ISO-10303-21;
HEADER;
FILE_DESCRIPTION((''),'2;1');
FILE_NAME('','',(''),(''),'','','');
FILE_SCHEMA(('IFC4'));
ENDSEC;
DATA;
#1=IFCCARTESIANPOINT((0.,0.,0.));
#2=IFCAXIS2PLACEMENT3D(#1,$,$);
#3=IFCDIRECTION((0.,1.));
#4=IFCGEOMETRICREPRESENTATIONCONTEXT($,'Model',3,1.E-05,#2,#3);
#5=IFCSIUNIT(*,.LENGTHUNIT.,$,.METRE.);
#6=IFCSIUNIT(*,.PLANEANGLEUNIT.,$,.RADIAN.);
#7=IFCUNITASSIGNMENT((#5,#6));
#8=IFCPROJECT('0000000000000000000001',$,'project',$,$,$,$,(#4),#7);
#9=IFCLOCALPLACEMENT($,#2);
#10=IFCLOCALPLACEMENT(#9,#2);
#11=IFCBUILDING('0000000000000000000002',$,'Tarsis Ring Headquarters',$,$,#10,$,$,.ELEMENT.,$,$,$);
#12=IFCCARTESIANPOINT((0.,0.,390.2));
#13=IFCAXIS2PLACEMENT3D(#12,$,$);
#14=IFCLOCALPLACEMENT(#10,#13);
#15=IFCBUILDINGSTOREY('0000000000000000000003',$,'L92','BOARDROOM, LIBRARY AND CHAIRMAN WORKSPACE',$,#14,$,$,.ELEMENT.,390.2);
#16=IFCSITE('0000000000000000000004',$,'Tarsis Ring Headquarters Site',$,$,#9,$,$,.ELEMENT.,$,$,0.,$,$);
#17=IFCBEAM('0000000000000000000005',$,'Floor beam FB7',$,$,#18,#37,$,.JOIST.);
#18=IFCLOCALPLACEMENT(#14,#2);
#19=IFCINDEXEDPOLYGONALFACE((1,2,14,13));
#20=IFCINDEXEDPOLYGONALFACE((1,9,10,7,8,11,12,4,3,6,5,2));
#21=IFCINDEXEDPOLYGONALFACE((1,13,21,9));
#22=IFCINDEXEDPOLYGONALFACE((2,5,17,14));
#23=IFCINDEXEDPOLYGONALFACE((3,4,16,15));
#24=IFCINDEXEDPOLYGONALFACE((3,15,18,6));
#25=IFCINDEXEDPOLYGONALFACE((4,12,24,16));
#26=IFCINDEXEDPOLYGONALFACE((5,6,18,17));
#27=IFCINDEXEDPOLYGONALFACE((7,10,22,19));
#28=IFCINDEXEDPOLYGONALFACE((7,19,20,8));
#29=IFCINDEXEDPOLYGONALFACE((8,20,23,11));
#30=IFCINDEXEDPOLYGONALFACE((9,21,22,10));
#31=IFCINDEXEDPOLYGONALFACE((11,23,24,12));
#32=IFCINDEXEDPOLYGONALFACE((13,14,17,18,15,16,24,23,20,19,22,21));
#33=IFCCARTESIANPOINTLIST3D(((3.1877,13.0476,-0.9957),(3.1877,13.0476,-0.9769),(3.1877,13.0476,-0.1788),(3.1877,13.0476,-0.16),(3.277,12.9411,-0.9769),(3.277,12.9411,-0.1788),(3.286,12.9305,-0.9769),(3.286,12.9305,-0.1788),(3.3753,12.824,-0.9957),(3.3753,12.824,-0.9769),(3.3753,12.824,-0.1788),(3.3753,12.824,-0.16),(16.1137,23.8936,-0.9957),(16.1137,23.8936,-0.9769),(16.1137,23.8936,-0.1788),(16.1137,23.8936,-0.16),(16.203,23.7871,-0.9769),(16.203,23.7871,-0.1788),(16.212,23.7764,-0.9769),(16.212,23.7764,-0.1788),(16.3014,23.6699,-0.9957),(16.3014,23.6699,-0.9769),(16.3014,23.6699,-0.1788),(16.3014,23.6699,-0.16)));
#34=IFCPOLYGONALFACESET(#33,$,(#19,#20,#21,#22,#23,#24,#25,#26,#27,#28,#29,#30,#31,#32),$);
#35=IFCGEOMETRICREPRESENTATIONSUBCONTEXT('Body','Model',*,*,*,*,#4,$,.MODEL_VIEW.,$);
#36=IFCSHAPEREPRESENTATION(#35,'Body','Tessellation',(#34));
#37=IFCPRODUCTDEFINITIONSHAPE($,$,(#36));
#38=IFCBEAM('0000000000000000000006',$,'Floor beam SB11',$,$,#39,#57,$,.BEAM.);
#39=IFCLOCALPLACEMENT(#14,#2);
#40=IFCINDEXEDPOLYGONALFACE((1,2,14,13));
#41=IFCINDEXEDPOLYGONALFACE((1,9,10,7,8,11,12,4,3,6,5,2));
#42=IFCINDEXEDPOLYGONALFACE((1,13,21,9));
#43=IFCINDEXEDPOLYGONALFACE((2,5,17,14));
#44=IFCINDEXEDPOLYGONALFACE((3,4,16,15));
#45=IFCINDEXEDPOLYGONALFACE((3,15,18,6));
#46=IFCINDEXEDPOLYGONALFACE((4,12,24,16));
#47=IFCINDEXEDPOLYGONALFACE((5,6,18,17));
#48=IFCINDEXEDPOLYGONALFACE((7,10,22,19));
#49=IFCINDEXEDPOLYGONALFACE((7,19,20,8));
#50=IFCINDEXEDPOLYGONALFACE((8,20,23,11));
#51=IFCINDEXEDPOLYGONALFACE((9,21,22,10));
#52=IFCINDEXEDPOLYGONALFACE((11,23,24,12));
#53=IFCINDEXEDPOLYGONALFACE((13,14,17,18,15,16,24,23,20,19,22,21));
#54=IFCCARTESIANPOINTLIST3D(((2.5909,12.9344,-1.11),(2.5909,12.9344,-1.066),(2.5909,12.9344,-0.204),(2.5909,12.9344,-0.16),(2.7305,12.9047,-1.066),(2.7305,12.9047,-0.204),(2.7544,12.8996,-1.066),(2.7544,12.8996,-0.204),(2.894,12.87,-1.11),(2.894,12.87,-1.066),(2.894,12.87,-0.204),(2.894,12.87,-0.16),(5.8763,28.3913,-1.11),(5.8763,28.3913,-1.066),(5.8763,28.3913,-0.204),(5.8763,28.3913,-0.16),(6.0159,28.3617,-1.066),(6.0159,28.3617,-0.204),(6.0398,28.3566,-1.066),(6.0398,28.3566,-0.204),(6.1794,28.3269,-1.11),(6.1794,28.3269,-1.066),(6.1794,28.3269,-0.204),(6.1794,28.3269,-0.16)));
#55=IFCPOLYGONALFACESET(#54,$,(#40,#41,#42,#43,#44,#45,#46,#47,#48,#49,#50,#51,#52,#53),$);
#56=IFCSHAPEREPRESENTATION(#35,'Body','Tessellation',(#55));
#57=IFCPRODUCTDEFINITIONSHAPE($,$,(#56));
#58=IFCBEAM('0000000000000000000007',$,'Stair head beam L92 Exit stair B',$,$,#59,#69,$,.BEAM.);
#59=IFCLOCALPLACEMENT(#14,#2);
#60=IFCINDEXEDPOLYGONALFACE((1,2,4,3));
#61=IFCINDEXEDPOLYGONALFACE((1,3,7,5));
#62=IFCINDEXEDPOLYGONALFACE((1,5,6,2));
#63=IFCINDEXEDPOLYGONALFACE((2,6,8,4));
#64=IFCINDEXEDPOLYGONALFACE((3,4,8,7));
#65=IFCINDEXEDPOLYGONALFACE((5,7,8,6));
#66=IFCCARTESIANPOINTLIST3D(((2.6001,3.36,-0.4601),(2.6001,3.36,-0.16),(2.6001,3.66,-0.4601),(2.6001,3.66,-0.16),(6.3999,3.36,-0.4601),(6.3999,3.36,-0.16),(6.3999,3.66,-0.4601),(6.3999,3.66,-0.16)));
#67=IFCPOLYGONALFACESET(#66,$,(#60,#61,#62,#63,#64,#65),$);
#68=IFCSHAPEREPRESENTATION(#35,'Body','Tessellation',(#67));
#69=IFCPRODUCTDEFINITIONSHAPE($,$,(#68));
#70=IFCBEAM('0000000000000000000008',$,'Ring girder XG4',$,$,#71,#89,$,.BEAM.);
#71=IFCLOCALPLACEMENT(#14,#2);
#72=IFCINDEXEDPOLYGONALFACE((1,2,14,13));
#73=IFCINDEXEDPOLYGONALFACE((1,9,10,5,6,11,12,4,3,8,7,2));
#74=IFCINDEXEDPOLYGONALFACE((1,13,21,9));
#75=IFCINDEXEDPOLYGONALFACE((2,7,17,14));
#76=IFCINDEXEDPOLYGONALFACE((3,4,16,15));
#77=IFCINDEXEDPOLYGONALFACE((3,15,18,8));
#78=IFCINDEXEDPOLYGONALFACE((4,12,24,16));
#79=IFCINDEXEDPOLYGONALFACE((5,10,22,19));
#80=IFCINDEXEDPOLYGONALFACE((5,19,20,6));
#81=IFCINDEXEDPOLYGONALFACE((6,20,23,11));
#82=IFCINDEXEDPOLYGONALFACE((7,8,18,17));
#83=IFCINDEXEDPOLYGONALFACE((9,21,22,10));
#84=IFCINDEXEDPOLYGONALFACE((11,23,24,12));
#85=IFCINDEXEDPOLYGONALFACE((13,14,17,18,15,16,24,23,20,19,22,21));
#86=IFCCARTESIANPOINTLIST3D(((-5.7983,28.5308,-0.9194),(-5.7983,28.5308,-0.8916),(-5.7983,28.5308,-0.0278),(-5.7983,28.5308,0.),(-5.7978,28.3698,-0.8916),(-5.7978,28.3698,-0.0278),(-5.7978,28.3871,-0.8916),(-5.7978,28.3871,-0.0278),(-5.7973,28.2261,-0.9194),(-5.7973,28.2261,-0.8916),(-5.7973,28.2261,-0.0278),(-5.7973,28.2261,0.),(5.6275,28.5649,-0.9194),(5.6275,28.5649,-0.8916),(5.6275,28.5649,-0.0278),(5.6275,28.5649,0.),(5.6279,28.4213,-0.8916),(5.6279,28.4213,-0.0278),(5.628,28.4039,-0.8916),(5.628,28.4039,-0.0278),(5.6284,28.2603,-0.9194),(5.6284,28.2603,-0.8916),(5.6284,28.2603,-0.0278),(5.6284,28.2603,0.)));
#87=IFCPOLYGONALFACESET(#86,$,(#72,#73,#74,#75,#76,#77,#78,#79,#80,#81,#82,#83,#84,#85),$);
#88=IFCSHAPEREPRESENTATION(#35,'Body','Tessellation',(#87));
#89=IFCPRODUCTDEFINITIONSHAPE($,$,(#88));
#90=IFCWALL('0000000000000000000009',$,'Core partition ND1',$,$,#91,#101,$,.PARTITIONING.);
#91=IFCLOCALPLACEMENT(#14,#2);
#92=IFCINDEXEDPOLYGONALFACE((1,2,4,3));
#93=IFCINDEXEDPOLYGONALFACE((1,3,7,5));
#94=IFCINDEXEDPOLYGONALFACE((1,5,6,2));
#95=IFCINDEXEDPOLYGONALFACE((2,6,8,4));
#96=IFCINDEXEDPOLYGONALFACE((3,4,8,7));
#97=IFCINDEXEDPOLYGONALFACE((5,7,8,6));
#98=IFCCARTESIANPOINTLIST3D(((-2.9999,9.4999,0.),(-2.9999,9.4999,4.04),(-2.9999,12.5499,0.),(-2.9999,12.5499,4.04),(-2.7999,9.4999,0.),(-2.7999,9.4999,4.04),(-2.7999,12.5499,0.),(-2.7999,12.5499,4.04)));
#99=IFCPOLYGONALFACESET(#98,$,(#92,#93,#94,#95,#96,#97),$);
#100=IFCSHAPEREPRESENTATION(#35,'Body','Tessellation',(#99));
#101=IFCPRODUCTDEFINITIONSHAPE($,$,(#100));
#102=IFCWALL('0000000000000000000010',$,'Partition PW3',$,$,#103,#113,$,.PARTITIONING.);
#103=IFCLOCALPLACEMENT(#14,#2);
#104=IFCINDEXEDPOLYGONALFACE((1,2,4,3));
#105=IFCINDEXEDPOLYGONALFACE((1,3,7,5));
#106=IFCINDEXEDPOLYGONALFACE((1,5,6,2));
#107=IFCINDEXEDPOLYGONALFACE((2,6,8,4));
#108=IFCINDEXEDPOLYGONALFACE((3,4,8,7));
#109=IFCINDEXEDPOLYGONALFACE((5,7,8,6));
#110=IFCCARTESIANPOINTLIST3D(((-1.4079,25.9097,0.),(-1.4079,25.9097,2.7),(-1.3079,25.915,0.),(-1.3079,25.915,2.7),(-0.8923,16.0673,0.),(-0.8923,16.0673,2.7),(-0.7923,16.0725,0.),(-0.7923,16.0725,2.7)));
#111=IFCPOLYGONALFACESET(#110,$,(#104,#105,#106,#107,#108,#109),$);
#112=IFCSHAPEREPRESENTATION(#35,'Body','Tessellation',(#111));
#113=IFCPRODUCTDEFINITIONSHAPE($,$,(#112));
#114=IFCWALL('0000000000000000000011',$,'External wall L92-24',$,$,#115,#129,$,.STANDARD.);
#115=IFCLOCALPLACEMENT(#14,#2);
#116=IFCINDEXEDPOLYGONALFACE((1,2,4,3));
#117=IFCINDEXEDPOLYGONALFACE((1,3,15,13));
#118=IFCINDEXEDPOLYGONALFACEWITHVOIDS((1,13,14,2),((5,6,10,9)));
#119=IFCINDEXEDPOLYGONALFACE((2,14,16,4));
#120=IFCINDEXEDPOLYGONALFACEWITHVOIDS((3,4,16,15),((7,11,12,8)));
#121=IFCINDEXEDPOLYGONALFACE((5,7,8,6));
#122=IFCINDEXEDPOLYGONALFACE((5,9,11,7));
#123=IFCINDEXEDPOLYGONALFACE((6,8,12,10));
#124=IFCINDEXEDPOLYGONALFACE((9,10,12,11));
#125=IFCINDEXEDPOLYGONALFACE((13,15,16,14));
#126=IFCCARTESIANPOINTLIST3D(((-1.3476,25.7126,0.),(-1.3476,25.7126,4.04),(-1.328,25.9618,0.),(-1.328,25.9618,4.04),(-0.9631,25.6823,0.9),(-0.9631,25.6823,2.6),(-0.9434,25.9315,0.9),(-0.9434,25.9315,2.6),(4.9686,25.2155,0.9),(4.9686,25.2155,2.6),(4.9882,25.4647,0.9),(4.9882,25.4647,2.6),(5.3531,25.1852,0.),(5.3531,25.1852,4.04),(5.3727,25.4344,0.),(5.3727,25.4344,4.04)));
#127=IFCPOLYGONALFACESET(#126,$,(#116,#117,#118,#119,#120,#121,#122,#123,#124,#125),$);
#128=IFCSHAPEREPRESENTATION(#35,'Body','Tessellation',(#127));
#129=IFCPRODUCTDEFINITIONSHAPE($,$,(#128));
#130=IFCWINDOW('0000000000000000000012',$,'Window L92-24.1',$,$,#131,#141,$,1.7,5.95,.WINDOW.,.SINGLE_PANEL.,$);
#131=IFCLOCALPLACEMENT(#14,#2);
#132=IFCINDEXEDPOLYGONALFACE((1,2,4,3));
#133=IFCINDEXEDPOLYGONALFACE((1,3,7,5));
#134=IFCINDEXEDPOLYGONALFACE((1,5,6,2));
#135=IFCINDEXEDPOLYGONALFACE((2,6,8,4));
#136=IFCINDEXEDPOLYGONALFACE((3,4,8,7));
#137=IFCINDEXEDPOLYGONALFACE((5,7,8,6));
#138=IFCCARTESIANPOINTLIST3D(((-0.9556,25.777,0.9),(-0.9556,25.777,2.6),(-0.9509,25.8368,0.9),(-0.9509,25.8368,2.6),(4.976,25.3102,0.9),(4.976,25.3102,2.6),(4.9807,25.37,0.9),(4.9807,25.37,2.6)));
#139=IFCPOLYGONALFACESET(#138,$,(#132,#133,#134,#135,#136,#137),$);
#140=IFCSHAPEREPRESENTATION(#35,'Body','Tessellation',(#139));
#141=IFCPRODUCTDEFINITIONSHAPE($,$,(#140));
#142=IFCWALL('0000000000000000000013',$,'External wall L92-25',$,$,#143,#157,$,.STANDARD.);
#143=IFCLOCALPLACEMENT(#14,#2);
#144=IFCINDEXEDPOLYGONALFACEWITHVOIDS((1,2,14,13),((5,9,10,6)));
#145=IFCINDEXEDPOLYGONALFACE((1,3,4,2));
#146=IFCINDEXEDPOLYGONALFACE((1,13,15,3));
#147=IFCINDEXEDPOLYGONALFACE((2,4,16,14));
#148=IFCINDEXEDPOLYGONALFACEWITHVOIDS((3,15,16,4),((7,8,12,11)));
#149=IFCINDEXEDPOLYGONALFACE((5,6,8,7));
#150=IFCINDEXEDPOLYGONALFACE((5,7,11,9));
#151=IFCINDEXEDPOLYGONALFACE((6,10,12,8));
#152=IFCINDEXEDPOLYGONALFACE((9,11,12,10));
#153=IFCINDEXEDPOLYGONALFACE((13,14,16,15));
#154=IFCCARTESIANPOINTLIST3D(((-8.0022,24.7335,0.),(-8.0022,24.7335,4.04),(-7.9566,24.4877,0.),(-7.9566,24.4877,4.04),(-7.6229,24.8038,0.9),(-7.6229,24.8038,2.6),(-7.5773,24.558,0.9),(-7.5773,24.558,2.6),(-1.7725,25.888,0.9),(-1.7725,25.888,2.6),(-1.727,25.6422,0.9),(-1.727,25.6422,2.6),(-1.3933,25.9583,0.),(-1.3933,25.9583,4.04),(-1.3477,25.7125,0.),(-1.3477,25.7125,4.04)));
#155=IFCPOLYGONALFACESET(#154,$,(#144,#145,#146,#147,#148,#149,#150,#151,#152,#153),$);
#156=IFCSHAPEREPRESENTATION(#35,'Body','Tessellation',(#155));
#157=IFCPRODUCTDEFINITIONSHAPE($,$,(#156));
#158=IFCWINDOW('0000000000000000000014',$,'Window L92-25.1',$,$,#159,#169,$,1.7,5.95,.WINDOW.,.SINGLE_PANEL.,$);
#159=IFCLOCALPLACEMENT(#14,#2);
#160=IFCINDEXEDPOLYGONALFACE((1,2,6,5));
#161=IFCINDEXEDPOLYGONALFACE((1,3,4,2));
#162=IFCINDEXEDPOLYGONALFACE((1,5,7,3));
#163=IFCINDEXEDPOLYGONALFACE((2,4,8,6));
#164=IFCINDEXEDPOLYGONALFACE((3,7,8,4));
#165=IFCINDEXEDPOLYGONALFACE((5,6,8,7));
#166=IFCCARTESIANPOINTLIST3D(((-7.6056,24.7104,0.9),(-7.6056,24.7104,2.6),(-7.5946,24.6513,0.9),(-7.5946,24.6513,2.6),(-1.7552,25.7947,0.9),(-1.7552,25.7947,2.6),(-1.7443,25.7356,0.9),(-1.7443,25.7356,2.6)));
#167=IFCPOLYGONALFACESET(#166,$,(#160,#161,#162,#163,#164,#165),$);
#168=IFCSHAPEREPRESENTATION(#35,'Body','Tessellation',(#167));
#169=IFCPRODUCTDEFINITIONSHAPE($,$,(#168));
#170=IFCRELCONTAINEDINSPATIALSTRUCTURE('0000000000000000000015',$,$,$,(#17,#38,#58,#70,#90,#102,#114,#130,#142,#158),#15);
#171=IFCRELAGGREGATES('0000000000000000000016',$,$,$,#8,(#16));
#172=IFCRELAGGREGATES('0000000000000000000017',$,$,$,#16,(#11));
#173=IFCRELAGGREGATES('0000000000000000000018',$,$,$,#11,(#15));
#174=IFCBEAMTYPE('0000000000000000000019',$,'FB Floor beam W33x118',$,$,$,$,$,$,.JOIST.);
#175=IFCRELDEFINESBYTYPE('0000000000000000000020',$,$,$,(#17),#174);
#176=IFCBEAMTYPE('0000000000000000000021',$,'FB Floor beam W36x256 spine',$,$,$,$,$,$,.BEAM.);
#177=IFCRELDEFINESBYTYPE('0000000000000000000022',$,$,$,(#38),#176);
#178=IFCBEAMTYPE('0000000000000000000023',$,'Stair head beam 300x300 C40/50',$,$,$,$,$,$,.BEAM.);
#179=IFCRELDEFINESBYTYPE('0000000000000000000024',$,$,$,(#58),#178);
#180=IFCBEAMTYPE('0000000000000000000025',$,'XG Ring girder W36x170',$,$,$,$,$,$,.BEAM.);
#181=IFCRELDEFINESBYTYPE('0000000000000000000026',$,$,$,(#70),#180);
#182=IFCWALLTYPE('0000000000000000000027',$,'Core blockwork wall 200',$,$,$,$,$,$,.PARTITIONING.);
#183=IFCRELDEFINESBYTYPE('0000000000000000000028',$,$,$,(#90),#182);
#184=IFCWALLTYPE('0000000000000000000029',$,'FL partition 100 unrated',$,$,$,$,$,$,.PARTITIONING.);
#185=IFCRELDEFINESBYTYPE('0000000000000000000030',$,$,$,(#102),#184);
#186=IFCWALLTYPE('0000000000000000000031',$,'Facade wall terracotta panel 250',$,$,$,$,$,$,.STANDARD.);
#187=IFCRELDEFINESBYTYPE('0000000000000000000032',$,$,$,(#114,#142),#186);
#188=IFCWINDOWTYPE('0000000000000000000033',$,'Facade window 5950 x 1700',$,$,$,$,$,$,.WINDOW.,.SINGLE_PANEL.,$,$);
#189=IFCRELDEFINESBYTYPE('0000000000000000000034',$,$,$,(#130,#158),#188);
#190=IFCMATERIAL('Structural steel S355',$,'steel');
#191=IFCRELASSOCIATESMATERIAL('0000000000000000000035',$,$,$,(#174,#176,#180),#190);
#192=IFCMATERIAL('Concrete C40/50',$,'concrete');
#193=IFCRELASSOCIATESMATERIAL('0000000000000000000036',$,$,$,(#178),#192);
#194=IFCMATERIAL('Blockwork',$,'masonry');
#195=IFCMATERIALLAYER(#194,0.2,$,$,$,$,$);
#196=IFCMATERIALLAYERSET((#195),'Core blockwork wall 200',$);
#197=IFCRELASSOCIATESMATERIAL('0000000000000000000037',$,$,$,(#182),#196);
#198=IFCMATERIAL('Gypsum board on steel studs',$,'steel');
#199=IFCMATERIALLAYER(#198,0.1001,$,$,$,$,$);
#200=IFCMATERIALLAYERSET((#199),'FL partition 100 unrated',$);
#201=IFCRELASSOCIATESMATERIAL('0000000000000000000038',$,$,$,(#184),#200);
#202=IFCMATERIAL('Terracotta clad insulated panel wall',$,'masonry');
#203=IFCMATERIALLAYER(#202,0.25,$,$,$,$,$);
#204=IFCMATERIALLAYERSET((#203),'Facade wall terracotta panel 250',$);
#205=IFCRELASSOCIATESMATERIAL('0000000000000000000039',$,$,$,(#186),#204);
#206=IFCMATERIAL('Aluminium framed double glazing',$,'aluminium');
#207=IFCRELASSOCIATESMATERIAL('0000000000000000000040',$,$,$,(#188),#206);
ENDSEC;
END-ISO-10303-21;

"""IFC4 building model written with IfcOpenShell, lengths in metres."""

from ifc_helpers import new_model, si_unit, direction, frame, frame_2d, origin, origin_2d, place, context, subcontext, project, spatial, rectangle, i_section, extrude, material, layer, layer_set, material_profile, profile_set, type_object, element, fill, save


model = new_model("IFC4")

# Units and contexts
model_context = context("Model", 3, precision=1e-05, world=origin(), true_north=direction((0.0, 1.0)))
body_context = subcontext(model_context, "Body", "Model", "MODEL_VIEW")
ifc_project = project(units=[si_unit("LENGTHUNIT", "METRE"), si_unit("PLANEANGLEUNIT", "RADIAN")], contexts=[model_context])

# Site, building, storey
site_placement = place(None, origin())
site = spatial("IfcSite", under=ifc_project, at=site_placement, Name="Tarsis Ring Headquarters Site", CompositionType="ELEMENT", RefElevation=0.0)
building_placement = place(site_placement, origin())
building = spatial("IfcBuilding", under=site, at=building_placement, Name="Tarsis Ring Headquarters", CompositionType="ELEMENT")
storey_placement = place(building_placement, frame((0.0, 0.0, 390.2)))
storey = spatial("IfcBuildingStorey", under=building, at=storey_placement, Name="L92", Description="BOARDROOM, LIBRARY AND CHAIRMAN WORKSPACE", CompositionType="ELEMENT", Elevation=390.2)

# Shared definitions
ifc_material_1 = material(Name="Structural steel S355", Category="steel")

# Beams
ifc_material_profile_1 = material_profile(ifc_material_1, i_section(OverallWidth=0.292, OverallDepth=0.8357, WebThickness=0.0139, FlangeThickness=0.0188, at=origin_2d()), Name="W33x118")
ifc_profile_set_1 = profile_set([ifc_material_profile_1], Name="Structural steel S355")
beam_type_1 = type_object("IfcBeamType", Name="FB Floor beam W33x118", PredefinedType="JOIST", material=ifc_profile_set_1)
beam_1_placement = place(storey_placement, frame((3.2815, 12.9358, -0.5779), z_axis=(0.766052, 0.642778, 0.0), x_axis=(-0.642778, 0.766052, 0.0)))
element("IfcBeam", 1, at=beam_1_placement, inside=storey, type_object=beam_type_1, Name="Floor beam FB7", PredefinedType="JOIST", context=body_context, shape_type="SweptSolid", body=[
    extrude(i_section(OverallWidth=0.292, OverallDepth=0.8357, WebThickness=0.0139, FlangeThickness=0.0188, at=origin_2d()), origin(), (0.0, 0.0, 1.0), 16.8735),
])
ifc_material_profile_2 = material_profile(ifc_material_1, i_section(OverallWidth=0.3098, OverallDepth=0.95, WebThickness=0.0244, FlangeThickness=0.0439, at=origin_2d()), Name="W36x256")
ifc_profile_set_2 = profile_set([ifc_material_profile_2], Name="Structural steel S355")
beam_type_2 = type_object("IfcBeamType", Name="FB Floor beam W36x256 spine", PredefinedType="BEAM", material=ifc_profile_set_2)
beam_2_placement = place(storey_placement, frame((6.0278, 28.3591, -0.635), z_axis=(-0.207906, -0.978149, 0.0), x_axis=(0.978149, -0.207906, 0.0)))
element("IfcBeam", 2, at=beam_2_placement, inside=storey, type_object=beam_type_2, Name="Floor beam SB11", PredefinedType="BEAM", context=body_context, shape_type="SweptSolid", body=[
    extrude(i_section(OverallWidth=0.3098, OverallDepth=0.95, WebThickness=0.0244, FlangeThickness=0.0439, at=origin_2d()), origin(), (0.0, 0.0, 1.0), 15.8022),
])
ifc_material_2 = material(Name="Concrete C40/50", Category="concrete")
ifc_material_profile_3 = material_profile(ifc_material_2, rectangle(XDim=0.3, YDim=0.3, at=origin_2d()), Name="Stair head beam 300x300 C40/50")
ifc_profile_set_3 = profile_set([ifc_material_profile_3], Name="Concrete C40/50")
beam_type_3 = type_object("IfcBeamType", Name="Stair head beam 300x300 C40/50", PredefinedType="BEAM", material=ifc_profile_set_3)
beam_3_placement = place(storey_placement, frame((2.6001, 3.51, -0.3101), z_axis=(1.0, 0.0, 0.0), x_axis=(0.0, 1.0, 0.0)))
element("IfcBeam", 3, at=beam_3_placement, inside=storey, type_object=beam_type_3, Name="Stair head beam L92 Exit stair B", PredefinedType="BEAM", context=body_context, shape_type="SweptSolid", body=[
    extrude(rectangle(XDim=0.3, YDim=0.3, at=origin_2d()), origin(), (0.0, 0.0, 1.0), 3.7998),
])
ifc_material_profile_4 = material_profile(ifc_material_1, i_section(OverallWidth=0.3047, OverallDepth=0.9194, WebThickness=0.0173, FlangeThickness=0.0278, at=origin_2d()), Name="W36x170")
ifc_profile_set_4 = profile_set([ifc_material_profile_4], Name="Structural steel S355")
beam_type_4 = type_object("IfcBeamType", Name="XG Ring girder W36x170", PredefinedType="BEAM", material=ifc_profile_set_4)
beam_4_placement = place(storey_placement, frame((5.6279, 28.4126, -0.4597), z_axis=(-0.999996, -0.002991, 0.0), x_axis=(0.002991, -0.999996, 0.0)))
element("IfcBeam", 4, at=beam_4_placement, inside=storey, type_object=beam_type_4, Name="Ring girder XG4", PredefinedType="BEAM", context=body_context, shape_type="SweptSolid", body=[
    extrude(i_section(OverallWidth=0.3047, OverallDepth=0.9194, WebThickness=0.0173, FlangeThickness=0.0278, at=origin_2d()), origin(), (0.0, 0.0, 1.0), 11.4258),
])

# Walls
ifc_material_3 = material(Name="Blockwork", Category="masonry")
ifc_layer_1 = layer(ifc_material_3, 0.2)
ifc_layer_set_1 = layer_set([ifc_layer_1], Name="Core blockwork wall 200")
wall_type_1 = type_object("IfcWallType", Name="Core blockwork wall 200", PredefinedType="PARTITIONING", material=ifc_layer_set_1)
wall_1_placement = place(storey_placement, frame((-2.8999, 9.5, 0.0), z_axis=(0.0, 0.0, 1.0), x_axis=(0.0, 1.0, 0.0)))
element("IfcWall", 5, at=wall_1_placement, inside=storey, type_object=wall_type_1, Name="Core partition ND1", PredefinedType="PARTITIONING", context=body_context, shape_type="SweptSolid", body=[
    extrude(rectangle(XDim=3.05, YDim=0.2, at=frame_2d((1.5249, 0.0))), origin(), (0.0, 0.0, 1.0), 4.04),
])
ifc_material_4 = material(Name="Gypsum board on steel studs", Category="steel")
ifc_layer_2 = layer(ifc_material_4, 0.1001)
ifc_layer_set_2 = layer_set([ifc_layer_2], Name="FL partition 100 unrated")
wall_type_2 = type_object("IfcWallType", Name="FL partition 100 unrated", PredefinedType="PARTITIONING", material=ifc_layer_set_2)
wall_2_placement = place(storey_placement, frame((-1.3579, 25.9124, 0.0), z_axis=(0.0, 0.0, 1.0), x_axis=(0.052316, -0.998631, 0.0)))
element("IfcWall", 6, at=wall_2_placement, inside=storey, type_object=wall_type_2, Name="Partition PW3", PredefinedType="PARTITIONING", context=body_context, shape_type="SweptSolid", body=[
    extrude(rectangle(XDim=9.856, YDim=0.1001, at=frame_2d((4.928, 0.0))), origin(), (0.0, 0.0, 1.0), 2.7),
])

# Walls, openings, windows
ifc_material_5 = material(Name="Terracotta clad insulated panel wall", Category="masonry")
ifc_layer_3 = layer(ifc_material_5, 0.25)
ifc_layer_set_3 = layer_set([ifc_layer_3], Name="Facade wall terracotta panel 250")
wall_type_3 = type_object("IfcWallType", Name="Facade wall terracotta panel 250", PredefinedType="STANDARD", material=ifc_layer_set_3)
wall_3_placement = place(storey_placement, frame((5.363, 25.3098, 0.0), z_axis=(0.0, 0.0, 1.0), x_axis=(-0.996917, 0.078457, 0.0)))
wall_3 = element("IfcWall", 7, at=wall_3_placement, inside=storey, type_object=wall_type_3, Name="External wall L92-24", PredefinedType="STANDARD", context=body_context, shape_type="SweptSolid", body=[
    extrude(rectangle(XDim=6.7214, YDim=0.25, at=frame_2d((3.3608, 0.0))), origin(), (0.0, 0.0, 1.0), 4.04),
])
opening_1_placement = place(wall_3_placement, frame((0.3857, 0.0, 0.8999)))
opening_1 = element("IfcOpeningElement", 8, at=opening_1_placement, cuts=wall_3, PredefinedType="OPENING", context=body_context, shape_type="SweptSolid", body=[
    extrude(rectangle(XDim=5.95, YDim=1.7, at=frame_2d((2.9751, 0.8501))), frame((0.0, 0.135, 0.0), z_axis=(0.0, -1.0, 0.0), x_axis=(1.0, 0.0, 0.0)), (0.0, 0.0, 1.0), 0.27),
])
ifc_material_6 = material(Name="Aluminium framed double glazing", Category="aluminium")
window_type = type_object("IfcWindowType", Name="Facade window 5950 x 1700", PartitioningType="SINGLE_PANEL", PredefinedType="WINDOW", material=ifc_material_6)
window_1_placement = place(opening_1_placement, origin())
window_1 = element("IfcWindow", 9, at=window_1_placement, inside=storey, type_object=window_type, Name="Window L92-24.1", OverallHeight=1.7, OverallWidth=5.95, PartitioningType="SINGLE_PANEL", PredefinedType="WINDOW", context=body_context, shape_type="SweptSolid", body=[
    extrude(rectangle(XDim=5.95, YDim=1.7, at=frame_2d((2.9751, 0.8501))), frame((0.0, 0.03, 0.0), z_axis=(0.0, -1.0, 0.0), x_axis=(1.0, 0.0, 0.0)), (0.0, 0.0, 1.0), 0.0601),
])
fill(opening_1, window_1)
wall_4_placement = place(storey_placement, frame((-1.3704, 25.8354, 0.0), z_axis=(0.0, 0.0, 1.0), x_axis=(-0.983256, -0.182231, 0.0)))
wall_4 = element("IfcWall", 10, at=wall_4_placement, inside=storey, type_object=wall_type_3, Name="External wall L92-25", PredefinedType="STANDARD", context=body_context, shape_type="SweptSolid", body=[
    extrude(rectangle(XDim=6.7214, YDim=0.25, at=frame_2d((3.3608, 0.0))), origin(), (0.0, 0.0, 1.0), 4.04),
])
opening_2_placement = place(wall_4_placement, frame((0.3857, 0.0, 0.8999)))
opening_2 = element("IfcOpeningElement", 11, at=opening_2_placement, cuts=wall_4, PredefinedType="OPENING", context=body_context, shape_type="SweptSolid", body=[
    extrude(rectangle(XDim=5.95, YDim=1.7, at=frame_2d((2.9751, 0.8501))), frame((0.0, 0.135, 0.0), z_axis=(0.0, -1.0, 0.0), x_axis=(1.0, 0.0, 0.0)), (0.0, 0.0, 1.0), 0.27),
])
window_2_placement = place(opening_2_placement, origin())
window_2 = element("IfcWindow", 12, at=window_2_placement, inside=storey, type_object=window_type, Name="Window L92-25.1", OverallHeight=1.7, OverallWidth=5.95, PartitioningType="SINGLE_PANEL", PredefinedType="WINDOW", context=body_context, shape_type="SweptSolid", body=[
    extrude(rectangle(XDim=5.95, YDim=1.7, at=frame_2d((2.9751, 0.8501))), frame((0.0, 0.03, 0.0), z_axis=(0.0, -1.0, 0.0), x_axis=(1.0, 0.0, 0.0)), (0.0, 0.0, 1.0), 0.0601),
])
fill(opening_2, window_2)

save(model, "model.ifc")
